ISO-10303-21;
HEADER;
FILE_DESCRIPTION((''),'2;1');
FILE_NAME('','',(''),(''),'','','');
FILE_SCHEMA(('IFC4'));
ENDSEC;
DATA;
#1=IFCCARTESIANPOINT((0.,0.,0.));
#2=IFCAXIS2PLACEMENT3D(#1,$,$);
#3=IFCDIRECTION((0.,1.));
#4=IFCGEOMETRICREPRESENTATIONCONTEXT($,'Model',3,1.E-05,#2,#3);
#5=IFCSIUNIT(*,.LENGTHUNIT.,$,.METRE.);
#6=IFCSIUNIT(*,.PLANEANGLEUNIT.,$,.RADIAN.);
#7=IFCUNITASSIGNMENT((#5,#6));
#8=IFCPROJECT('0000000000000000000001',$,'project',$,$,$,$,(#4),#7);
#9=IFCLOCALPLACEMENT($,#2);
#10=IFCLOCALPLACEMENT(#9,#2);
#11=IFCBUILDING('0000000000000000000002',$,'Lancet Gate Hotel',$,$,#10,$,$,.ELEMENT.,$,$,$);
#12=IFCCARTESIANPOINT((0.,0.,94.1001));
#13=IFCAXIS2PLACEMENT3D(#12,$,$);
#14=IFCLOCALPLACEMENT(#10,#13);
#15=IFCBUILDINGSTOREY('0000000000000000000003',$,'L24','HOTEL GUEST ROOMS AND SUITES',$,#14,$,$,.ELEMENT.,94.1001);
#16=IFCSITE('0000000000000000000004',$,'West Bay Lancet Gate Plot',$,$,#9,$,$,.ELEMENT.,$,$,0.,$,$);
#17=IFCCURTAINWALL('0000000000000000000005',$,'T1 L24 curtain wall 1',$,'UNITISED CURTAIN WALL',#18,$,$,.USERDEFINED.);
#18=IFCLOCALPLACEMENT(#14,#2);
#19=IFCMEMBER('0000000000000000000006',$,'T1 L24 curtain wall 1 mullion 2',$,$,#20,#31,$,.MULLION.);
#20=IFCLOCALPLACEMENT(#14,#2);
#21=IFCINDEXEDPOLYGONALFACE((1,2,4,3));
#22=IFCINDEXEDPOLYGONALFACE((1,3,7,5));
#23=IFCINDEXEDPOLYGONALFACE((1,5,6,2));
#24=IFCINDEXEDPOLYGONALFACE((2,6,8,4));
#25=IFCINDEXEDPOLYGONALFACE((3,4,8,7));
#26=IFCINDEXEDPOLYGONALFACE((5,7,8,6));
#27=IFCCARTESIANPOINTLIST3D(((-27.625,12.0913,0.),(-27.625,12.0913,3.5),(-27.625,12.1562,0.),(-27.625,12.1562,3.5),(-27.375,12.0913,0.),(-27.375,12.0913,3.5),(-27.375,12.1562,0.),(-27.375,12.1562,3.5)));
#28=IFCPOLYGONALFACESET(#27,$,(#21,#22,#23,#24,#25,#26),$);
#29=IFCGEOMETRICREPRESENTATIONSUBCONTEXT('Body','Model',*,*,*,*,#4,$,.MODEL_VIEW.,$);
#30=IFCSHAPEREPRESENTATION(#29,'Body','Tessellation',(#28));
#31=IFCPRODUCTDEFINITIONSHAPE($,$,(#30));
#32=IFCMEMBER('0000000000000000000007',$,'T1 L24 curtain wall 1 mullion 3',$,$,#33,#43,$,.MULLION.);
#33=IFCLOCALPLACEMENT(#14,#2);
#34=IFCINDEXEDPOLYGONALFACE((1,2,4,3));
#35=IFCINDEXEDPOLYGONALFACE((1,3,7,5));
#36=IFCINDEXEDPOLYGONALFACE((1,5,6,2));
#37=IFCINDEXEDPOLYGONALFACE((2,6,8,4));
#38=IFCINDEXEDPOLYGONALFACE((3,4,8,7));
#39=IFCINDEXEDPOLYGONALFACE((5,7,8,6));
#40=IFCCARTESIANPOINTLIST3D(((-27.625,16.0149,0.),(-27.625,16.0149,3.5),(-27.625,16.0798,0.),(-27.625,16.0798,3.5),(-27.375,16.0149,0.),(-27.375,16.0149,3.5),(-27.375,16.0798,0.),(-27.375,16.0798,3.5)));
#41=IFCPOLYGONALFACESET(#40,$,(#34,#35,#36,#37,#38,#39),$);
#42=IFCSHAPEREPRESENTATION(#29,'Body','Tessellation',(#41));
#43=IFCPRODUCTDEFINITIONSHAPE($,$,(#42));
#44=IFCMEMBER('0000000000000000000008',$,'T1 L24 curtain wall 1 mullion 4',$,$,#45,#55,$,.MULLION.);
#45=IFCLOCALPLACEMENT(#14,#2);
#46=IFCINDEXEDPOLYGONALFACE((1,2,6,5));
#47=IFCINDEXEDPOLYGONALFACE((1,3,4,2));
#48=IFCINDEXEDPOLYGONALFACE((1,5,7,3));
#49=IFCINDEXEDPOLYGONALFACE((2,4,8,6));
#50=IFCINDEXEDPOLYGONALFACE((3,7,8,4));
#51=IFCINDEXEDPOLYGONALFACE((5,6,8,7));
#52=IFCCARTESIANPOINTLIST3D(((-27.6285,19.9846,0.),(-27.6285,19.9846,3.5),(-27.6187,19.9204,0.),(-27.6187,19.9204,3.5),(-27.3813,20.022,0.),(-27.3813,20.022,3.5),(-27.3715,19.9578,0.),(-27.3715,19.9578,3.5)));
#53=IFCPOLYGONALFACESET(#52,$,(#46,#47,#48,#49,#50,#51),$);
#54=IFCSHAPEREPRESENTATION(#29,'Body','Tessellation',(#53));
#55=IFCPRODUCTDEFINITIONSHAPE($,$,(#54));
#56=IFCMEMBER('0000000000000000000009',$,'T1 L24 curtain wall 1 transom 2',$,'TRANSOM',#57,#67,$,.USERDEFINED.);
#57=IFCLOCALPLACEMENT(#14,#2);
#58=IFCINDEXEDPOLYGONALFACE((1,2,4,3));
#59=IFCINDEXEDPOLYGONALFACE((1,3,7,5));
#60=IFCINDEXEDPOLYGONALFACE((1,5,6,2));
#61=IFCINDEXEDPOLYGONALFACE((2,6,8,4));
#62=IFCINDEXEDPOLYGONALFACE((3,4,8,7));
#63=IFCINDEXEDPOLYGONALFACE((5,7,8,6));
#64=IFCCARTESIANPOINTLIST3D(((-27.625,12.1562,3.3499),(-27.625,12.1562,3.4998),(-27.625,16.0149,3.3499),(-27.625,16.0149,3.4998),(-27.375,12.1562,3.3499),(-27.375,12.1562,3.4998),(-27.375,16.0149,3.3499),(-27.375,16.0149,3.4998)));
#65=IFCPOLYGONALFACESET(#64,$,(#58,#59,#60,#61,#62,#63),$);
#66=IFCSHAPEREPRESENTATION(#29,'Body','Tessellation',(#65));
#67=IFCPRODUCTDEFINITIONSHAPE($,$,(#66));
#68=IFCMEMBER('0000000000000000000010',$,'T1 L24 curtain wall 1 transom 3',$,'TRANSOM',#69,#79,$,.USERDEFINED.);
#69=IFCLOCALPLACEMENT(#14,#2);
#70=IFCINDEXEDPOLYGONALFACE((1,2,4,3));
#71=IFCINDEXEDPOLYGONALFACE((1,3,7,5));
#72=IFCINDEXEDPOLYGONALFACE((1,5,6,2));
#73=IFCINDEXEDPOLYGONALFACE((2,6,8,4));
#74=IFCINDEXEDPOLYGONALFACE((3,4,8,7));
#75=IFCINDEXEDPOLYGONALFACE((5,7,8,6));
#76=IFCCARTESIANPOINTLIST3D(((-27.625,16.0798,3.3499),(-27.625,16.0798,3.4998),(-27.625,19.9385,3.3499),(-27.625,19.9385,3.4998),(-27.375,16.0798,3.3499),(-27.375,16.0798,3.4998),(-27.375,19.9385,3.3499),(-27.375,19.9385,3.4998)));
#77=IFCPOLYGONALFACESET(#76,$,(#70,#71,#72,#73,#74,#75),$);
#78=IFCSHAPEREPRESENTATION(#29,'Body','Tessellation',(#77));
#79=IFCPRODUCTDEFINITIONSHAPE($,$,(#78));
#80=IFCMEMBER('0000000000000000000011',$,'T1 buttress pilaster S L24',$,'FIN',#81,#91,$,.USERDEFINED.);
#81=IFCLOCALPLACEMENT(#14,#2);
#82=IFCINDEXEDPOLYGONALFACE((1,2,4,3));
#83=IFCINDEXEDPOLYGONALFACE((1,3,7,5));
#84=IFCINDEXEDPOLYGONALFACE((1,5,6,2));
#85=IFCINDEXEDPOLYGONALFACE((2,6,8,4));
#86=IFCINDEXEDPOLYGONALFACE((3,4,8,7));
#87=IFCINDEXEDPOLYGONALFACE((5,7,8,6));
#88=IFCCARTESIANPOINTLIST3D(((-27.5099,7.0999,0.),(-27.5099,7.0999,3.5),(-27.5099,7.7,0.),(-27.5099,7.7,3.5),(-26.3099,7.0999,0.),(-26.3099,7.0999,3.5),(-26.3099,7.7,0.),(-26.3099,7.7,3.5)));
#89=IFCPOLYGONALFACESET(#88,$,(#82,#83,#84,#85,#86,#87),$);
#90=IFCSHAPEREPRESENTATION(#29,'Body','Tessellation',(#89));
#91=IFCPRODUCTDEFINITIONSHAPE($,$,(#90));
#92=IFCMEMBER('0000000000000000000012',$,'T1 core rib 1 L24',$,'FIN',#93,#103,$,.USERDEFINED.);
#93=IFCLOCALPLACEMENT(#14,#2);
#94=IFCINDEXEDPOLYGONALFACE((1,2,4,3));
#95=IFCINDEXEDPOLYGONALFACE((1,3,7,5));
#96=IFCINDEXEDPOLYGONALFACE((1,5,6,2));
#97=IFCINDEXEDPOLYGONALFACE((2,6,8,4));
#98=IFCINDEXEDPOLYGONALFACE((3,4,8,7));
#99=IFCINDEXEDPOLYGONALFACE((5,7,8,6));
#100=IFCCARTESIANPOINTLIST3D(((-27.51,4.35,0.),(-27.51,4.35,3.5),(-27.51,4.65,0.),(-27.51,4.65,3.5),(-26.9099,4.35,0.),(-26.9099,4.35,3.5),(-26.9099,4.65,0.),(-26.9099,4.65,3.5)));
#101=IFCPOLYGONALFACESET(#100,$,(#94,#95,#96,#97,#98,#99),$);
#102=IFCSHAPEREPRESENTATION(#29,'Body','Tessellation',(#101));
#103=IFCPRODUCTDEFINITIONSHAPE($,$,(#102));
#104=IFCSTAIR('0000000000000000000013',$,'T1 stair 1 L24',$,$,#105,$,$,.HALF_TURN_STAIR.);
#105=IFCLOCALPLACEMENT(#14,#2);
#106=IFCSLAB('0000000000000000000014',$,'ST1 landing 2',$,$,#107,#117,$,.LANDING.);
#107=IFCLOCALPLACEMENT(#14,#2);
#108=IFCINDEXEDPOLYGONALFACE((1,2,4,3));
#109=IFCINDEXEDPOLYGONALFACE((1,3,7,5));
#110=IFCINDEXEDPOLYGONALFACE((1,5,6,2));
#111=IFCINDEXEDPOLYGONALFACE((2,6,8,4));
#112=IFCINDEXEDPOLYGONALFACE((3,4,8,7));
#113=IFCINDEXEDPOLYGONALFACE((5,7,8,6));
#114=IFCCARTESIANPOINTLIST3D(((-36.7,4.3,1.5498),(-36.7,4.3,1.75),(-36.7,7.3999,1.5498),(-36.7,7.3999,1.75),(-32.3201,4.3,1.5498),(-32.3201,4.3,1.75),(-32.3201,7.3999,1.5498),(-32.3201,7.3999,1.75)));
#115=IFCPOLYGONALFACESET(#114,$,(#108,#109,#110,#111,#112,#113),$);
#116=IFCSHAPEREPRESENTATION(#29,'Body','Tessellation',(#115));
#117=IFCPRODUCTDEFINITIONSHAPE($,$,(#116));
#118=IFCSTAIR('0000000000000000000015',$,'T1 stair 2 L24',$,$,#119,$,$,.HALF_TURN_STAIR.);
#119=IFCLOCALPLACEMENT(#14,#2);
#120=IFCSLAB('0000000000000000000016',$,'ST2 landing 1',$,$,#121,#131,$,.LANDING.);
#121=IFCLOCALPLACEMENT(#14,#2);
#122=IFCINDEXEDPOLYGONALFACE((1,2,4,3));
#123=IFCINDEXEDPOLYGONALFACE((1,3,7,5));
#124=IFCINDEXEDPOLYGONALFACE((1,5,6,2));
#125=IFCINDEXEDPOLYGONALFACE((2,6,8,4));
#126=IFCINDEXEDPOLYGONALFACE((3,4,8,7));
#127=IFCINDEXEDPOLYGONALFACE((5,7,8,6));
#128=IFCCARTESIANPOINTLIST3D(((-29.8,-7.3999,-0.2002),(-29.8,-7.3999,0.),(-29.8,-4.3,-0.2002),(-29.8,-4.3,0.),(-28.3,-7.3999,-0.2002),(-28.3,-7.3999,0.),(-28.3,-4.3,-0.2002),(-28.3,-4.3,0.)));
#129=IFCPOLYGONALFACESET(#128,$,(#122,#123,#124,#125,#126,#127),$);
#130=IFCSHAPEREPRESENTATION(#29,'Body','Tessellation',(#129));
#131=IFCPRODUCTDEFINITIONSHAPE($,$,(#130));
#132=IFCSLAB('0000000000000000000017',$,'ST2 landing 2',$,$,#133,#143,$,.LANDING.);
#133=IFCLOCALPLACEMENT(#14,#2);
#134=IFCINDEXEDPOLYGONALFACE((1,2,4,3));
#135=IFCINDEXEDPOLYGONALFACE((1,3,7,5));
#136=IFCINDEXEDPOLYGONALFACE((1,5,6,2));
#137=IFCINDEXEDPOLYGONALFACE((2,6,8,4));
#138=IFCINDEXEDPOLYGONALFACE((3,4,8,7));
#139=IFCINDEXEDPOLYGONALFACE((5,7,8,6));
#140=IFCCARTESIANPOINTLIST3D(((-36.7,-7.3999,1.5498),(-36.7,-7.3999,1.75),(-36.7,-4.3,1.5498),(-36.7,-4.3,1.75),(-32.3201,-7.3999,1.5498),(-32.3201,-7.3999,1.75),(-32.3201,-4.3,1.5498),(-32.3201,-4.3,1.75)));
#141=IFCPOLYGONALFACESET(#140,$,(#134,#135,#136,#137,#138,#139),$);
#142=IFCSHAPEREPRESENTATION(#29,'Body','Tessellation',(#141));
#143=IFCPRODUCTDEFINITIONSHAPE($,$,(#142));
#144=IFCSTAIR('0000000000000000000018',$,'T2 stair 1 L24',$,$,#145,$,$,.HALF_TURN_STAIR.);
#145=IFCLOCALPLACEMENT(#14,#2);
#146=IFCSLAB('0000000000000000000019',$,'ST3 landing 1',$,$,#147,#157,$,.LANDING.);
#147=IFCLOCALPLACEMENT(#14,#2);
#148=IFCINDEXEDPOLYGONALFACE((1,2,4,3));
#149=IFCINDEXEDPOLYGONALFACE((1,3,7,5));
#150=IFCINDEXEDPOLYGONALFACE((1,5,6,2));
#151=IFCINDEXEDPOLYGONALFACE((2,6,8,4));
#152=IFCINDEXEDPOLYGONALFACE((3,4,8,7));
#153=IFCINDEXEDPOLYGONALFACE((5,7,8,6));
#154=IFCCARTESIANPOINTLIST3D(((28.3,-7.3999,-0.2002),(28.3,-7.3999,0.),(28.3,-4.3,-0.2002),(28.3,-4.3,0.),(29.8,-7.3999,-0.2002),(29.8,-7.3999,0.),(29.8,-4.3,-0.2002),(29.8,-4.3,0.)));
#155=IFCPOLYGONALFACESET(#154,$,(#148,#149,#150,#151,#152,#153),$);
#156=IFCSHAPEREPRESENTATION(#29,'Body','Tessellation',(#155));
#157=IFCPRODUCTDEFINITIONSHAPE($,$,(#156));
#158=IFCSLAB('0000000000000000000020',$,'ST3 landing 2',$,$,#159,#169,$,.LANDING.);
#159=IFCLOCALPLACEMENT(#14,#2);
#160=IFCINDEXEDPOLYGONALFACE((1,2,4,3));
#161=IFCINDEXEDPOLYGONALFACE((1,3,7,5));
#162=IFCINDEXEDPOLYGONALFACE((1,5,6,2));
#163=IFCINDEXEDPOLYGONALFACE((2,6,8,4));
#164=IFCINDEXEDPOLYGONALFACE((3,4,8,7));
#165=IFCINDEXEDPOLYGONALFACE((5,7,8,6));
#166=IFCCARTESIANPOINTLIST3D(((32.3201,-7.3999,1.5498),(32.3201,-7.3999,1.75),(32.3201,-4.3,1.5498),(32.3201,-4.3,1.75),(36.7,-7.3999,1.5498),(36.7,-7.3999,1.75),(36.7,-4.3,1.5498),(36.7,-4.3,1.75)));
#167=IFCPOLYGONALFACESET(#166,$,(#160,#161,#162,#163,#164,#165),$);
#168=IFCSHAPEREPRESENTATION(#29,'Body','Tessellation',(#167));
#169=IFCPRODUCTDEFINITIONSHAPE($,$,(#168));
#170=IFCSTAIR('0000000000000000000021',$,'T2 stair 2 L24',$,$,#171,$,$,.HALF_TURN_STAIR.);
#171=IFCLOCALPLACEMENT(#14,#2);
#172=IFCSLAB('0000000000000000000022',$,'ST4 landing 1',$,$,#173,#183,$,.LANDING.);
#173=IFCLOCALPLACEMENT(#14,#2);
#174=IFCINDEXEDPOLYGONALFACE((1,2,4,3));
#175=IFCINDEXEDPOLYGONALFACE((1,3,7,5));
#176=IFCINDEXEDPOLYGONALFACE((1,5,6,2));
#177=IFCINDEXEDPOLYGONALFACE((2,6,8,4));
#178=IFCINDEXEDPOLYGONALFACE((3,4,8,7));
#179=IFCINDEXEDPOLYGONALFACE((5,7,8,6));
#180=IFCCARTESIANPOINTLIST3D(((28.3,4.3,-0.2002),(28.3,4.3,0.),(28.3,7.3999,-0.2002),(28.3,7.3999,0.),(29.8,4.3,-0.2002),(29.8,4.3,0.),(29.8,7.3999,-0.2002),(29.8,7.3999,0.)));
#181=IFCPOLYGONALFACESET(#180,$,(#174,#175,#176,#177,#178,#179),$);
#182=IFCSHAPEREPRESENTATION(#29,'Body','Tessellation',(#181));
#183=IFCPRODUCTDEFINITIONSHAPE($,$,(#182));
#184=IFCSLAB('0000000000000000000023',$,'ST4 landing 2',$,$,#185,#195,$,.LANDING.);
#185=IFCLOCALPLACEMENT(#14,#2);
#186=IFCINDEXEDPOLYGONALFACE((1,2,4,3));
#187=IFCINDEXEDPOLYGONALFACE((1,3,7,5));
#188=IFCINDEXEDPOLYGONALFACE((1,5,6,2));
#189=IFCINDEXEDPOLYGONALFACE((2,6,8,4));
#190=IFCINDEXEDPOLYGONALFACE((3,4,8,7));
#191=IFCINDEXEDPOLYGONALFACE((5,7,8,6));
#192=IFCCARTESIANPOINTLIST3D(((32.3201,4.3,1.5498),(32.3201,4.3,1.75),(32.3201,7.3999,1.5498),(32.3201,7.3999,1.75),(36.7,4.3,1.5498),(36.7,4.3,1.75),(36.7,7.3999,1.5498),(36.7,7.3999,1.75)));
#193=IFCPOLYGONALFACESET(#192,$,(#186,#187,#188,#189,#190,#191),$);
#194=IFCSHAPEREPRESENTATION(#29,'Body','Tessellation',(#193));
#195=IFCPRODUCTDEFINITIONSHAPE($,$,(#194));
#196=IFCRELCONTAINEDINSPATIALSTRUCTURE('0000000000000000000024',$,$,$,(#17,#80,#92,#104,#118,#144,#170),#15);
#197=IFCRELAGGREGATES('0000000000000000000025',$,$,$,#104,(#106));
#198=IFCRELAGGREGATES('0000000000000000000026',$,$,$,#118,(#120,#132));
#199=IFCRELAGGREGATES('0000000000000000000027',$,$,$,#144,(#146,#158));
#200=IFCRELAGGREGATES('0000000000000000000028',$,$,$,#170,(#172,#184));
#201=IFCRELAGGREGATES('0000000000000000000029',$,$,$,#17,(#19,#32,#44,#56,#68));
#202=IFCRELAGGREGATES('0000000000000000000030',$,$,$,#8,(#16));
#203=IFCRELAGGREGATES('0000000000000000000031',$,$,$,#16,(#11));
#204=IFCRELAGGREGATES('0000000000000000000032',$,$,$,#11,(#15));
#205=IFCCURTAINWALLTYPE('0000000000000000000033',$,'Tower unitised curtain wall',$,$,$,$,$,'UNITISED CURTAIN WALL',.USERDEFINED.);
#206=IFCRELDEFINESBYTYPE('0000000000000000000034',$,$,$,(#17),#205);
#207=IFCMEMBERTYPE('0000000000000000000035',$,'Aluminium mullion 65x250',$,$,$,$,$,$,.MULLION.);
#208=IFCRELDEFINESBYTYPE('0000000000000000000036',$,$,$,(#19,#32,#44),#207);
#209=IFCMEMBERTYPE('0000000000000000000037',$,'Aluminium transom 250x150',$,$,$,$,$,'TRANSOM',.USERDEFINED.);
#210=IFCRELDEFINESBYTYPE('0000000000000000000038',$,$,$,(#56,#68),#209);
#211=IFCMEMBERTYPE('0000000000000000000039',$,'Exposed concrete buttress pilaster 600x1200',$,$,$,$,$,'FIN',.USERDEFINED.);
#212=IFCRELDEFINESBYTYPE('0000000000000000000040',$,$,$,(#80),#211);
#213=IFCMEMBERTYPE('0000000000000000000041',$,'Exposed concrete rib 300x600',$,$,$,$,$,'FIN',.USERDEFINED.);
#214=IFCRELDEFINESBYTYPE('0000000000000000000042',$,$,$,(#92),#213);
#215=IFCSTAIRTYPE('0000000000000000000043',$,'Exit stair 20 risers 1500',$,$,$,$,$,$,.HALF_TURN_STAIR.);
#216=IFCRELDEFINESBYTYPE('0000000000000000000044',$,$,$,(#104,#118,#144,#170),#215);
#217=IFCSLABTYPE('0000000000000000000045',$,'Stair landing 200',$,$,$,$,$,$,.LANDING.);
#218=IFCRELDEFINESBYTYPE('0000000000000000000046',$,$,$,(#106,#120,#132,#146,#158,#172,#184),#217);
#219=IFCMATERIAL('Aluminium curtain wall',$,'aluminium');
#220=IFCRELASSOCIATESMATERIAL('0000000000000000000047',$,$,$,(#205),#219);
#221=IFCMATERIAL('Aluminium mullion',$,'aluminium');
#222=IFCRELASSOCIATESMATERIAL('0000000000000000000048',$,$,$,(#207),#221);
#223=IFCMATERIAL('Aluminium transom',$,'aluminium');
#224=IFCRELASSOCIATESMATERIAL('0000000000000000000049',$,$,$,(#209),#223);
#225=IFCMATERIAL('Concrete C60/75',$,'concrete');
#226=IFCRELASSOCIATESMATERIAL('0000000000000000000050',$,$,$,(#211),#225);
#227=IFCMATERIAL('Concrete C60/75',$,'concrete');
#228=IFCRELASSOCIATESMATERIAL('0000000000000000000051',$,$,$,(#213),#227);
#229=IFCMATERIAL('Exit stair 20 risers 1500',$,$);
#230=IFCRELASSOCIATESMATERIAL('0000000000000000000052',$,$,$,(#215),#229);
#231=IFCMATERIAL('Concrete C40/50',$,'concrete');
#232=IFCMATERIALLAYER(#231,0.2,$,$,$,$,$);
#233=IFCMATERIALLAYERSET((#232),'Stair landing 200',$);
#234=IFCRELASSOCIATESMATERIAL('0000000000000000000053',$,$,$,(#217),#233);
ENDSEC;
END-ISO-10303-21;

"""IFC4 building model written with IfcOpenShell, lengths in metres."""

from ifc_helpers import new_model, si_unit, direction, frame, origin, origin_2d, place, context, subcontext, project, spatial, polyline, rectangle, outline, extrude, material, layer, layer_set, material_profile, profile_set, type_object, element, aggregate, save


model = new_model("IFC4")

# Units and contexts
model_context = context("Model", 3, precision=1e-05, world=origin(), true_north=direction((0.0, 1.0)))
body_context = subcontext(model_context, "Body", "Model", "MODEL_VIEW")
ifc_project = project(units=[si_unit("LENGTHUNIT", "METRE"), si_unit("PLANEANGLEUNIT", "RADIAN")], contexts=[model_context])

# Site, building, storey
site_placement = place(None, origin())
site = spatial("IfcSite", under=ifc_project, at=site_placement, Name="West Bay Lancet Gate Plot", CompositionType="ELEMENT", RefElevation=0.0)
building_placement = place(site_placement, origin())
building = spatial("IfcBuilding", under=site, at=building_placement, Name="Lancet Gate Hotel", CompositionType="ELEMENT")
storey_placement = place(building_placement, frame((0.0, 0.0, 94.1001)))
storey = spatial("IfcBuildingStorey", under=building, at=storey_placement, Name="L24", Description="HOTEL GUEST ROOMS AND SUITES", CompositionType="ELEMENT", Elevation=94.1001)

# Curtain wall, members
ifc_material_1 = material(Name="Aluminium curtain wall", Category="aluminium")
curtain_wall_type = type_object("IfcCurtainWallType", Name="Tower unitised curtain wall", ElementType="UNITISED CURTAIN WALL", PredefinedType="USERDEFINED", material=ifc_material_1)
curtain_wall_placement = place(storey_placement, origin())
curtain_wall = element("IfcCurtainWall", 1, at=curtain_wall_placement, inside=storey, type_object=curtain_wall_type, Name="T1 L24 curtain wall 1", ObjectType="UNITISED CURTAIN WALL", PredefinedType="USERDEFINED")
ifc_material_2 = material(Name="Aluminium mullion", Category="aluminium")
ifc_material_profile_1 = material_profile(ifc_material_2, rectangle(XDim=0.0649, YDim=0.25, at=origin_2d()), Name="MULLION 65x250")
ifc_profile_set_1 = profile_set([ifc_material_profile_1], Name="Aluminium mullion")
member_type_1 = type_object("IfcMemberType", Name="Aluminium mullion 65x250", PredefinedType="MULLION", material=ifc_profile_set_1)
member_1_placement = place(storey_placement, frame((-27.5, 12.1238, 0.0), z_axis=(0.0, 0.0, 1.0), x_axis=(0.0, 1.0, 0.0)))
member_1 = element("IfcMember", 2, at=member_1_placement, type_object=member_type_1, Name="T1 L24 curtain wall 1 mullion 2", PredefinedType="MULLION", context=body_context, shape_type="SweptSolid", body=[
    extrude(rectangle(XDim=0.0649, YDim=0.25, at=origin_2d()), origin(), (0.0, 0.0, 1.0), 3.5),
])
member_2_placement = place(storey_placement, frame((-27.5, 16.0474, 0.0), z_axis=(0.0, 0.0, 1.0), x_axis=(0.0, 1.0, 0.0)))
member_2 = element("IfcMember", 3, at=member_2_placement, type_object=member_type_1, Name="T1 L24 curtain wall 1 mullion 3", PredefinedType="MULLION", context=body_context, shape_type="SweptSolid", body=[
    extrude(rectangle(XDim=0.0649, YDim=0.25, at=origin_2d()), origin(), (0.0, 0.0, 1.0), 3.5),
])
member_3_placement = place(storey_placement, frame((-27.5, 19.9712, 0.0), z_axis=(0.0, 0.0, 1.0), x_axis=(-0.149634, 0.988741, 0.0)))
member_3 = element("IfcMember", 4, at=member_3_placement, type_object=member_type_1, Name="T1 L24 curtain wall 1 mullion 4", PredefinedType="MULLION", context=body_context, shape_type="SweptSolid", body=[
    extrude(rectangle(XDim=0.0649, YDim=0.25, at=origin_2d()), origin(), (0.0, 0.0, 1.0), 3.5),
])
ifc_material_3 = material(Name="Aluminium transom", Category="aluminium")
ifc_material_profile_2 = material_profile(ifc_material_3, rectangle(XDim=0.25, YDim=0.1499, at=origin_2d()), Name="TRANSOM 250x150")
ifc_profile_set_2 = profile_set([ifc_material_profile_2], Name="Aluminium transom")
member_type_2 = type_object("IfcMemberType", Name="Aluminium transom 250x150", ElementType="TRANSOM", PredefinedType="USERDEFINED", material=ifc_profile_set_2)
member_4_placement = place(storey_placement, frame((-27.5, 12.1562, 3.4248), z_axis=(0.0, 1.0, 0.0), x_axis=(-1.0, 0.0, 0.0)))
member_4 = element("IfcMember", 5, at=member_4_placement, type_object=member_type_2, Name="T1 L24 curtain wall 1 transom 2", ObjectType="TRANSOM", PredefinedType="USERDEFINED", context=body_context, shape_type="SweptSolid", body=[
    extrude(rectangle(XDim=0.25, YDim=0.1499, at=origin_2d()), origin(), (0.0, 0.0, 1.0), 3.8586),
])
member_5_placement = place(storey_placement, frame((-27.5, 16.0798, 3.4248), z_axis=(0.0, 1.0, 0.0), x_axis=(-1.0, 0.0, 0.0)))
member_5 = element("IfcMember", 6, at=member_5_placement, type_object=member_type_2, Name="T1 L24 curtain wall 1 transom 3", ObjectType="TRANSOM", PredefinedType="USERDEFINED", context=body_context, shape_type="SweptSolid", body=[
    extrude(rectangle(XDim=0.25, YDim=0.1499, at=origin_2d()), origin(), (0.0, 0.0, 1.0), 3.8586),
])

# Members
ifc_material_4 = material(Name="Concrete C60/75", Category="concrete")
ifc_material_profile_3 = material_profile(ifc_material_4, rectangle(XDim=0.6001, YDim=1.2, at=origin_2d()), Name="FIN 600x1200")
ifc_profile_set_3 = profile_set([ifc_material_profile_3], Name="Concrete C60/75")
member_type_3 = type_object("IfcMemberType", Name="Exposed concrete buttress pilaster 600x1200", ElementType="FIN", PredefinedType="USERDEFINED", material=ifc_profile_set_3)
member_6_placement = place(storey_placement, frame((-26.9099, 7.3999, 0.0), z_axis=(0.0, 0.0, 1.0), x_axis=(0.0, 1.0, 0.0)))
element("IfcMember", 7, at=member_6_placement, inside=storey, type_object=member_type_3, Name="T1 buttress pilaster S L24", ObjectType="FIN", PredefinedType="USERDEFINED", context=body_context, shape_type="SweptSolid", body=[
    extrude(rectangle(XDim=0.6001, YDim=1.2, at=origin_2d()), origin(), (0.0, 0.0, 1.0), 3.5),
])
ifc_material_5 = material(Name="Concrete C60/75", Category="concrete")
ifc_material_profile_4 = material_profile(ifc_material_5, rectangle(XDim=0.3, YDim=0.6001, at=origin_2d()), Name="FIN 300x600")
ifc_profile_set_4 = profile_set([ifc_material_profile_4], Name="Concrete C60/75")
member_type_4 = type_object("IfcMemberType", Name="Exposed concrete rib 300x600", ElementType="FIN", PredefinedType="USERDEFINED", material=ifc_profile_set_4)
member_7_placement = place(storey_placement, frame((-27.21, 4.5, 0.0), z_axis=(0.0, 0.0, 1.0), x_axis=(0.0, 1.0, 0.0)))
element("IfcMember", 8, at=member_7_placement, inside=storey, type_object=member_type_4, Name="T1 core rib 1 L24", ObjectType="FIN", PredefinedType="USERDEFINED", context=body_context, shape_type="SweptSolid", body=[
    extrude(rectangle(XDim=0.3, YDim=0.6001, at=origin_2d()), origin(), (0.0, 0.0, 1.0), 3.5),
])

# Stair, slab
ifc_material_6 = material(Name="Exit stair 20 risers 1500")
stair_type = type_object("IfcStairType", Name="Exit stair 20 risers 1500", PredefinedType="HALF_TURN_STAIR", material=ifc_material_6)
stair_1_placement = place(storey_placement, origin())
stair_1 = element("IfcStair", 9, at=stair_1_placement, inside=storey, type_object=stair_type, Name="T1 stair 1 L24", PredefinedType="HALF_TURN_STAIR")
ifc_material_7 = material(Name="Concrete C40/50", Category="concrete")
ifc_layer_1 = layer(ifc_material_7, 0.2)
ifc_layer_set_1 = layer_set([ifc_layer_1], Name="Stair landing 200")
slab_type = type_object("IfcSlabType", Name="Stair landing 200", PredefinedType="LANDING", material=ifc_layer_set_1)
slab_1_placement = place(storey_placement, frame((0.0, 0.0, 1.5498)))
slab_1 = element("IfcSlab", 10, at=slab_1_placement, type_object=slab_type, Name="ST1 landing 2", PredefinedType="LANDING", context=body_context, shape_type="SweptSolid", body=[
    extrude(outline(polyline([(-32.3201, 7.3999), (-36.7, 7.3999), (-36.7, 4.3), (-32.3201, 4.3), (-32.3201, 7.3999)])), origin(), (0.0, 0.0, 1.0), 0.2002),
])
aggregate(stair_1, [slab_1])

# Stairs, slabs
stair_2_placement = place(storey_placement, origin())
stair_2 = element("IfcStair", 11, at=stair_2_placement, inside=storey, type_object=stair_type, Name="T1 stair 2 L24", PredefinedType="HALF_TURN_STAIR")
slab_2_placement = place(storey_placement, frame((0.0, 0.0, -0.2002)))
slab_2 = element("IfcSlab", 12, at=slab_2_placement, type_object=slab_type, Name="ST2 landing 1", PredefinedType="LANDING", context=body_context, shape_type="SweptSolid", body=[
    extrude(outline(polyline([(-28.3, -4.3), (-29.8, -4.3), (-29.8, -7.3999), (-28.3, -7.3999), (-28.3, -4.3)])), origin(), (0.0, 0.0, 1.0), 0.2002),
])
slab_3_placement = place(storey_placement, frame((0.0, 0.0, 1.5498)))
slab_3 = element("IfcSlab", 13, at=slab_3_placement, type_object=slab_type, Name="ST2 landing 2", PredefinedType="LANDING", context=body_context, shape_type="SweptSolid", body=[
    extrude(outline(polyline([(-32.3201, -4.3), (-36.7, -4.3), (-36.7, -7.3999), (-32.3201, -7.3999), (-32.3201, -4.3)])), origin(), (0.0, 0.0, 1.0), 0.2002),
])
aggregate(stair_2, [slab_2, slab_3])
stair_3_placement = place(storey_placement, origin())
stair_3 = element("IfcStair", 14, at=stair_3_placement, inside=storey, type_object=stair_type, Name="T2 stair 1 L24", PredefinedType="HALF_TURN_STAIR")
slab_4_placement = place(storey_placement, frame((0.0, 0.0, -0.2002)))
slab_4 = element("IfcSlab", 15, at=slab_4_placement, type_object=slab_type, Name="ST3 landing 1", PredefinedType="LANDING", context=body_context, shape_type="SweptSolid", body=[
    extrude(outline(polyline([(28.3, -7.3999), (29.8, -7.3999), (29.8, -4.3), (28.3, -4.3), (28.3, -7.3999)])), origin(), (0.0, 0.0, 1.0), 0.2002),
])
slab_5_placement = place(storey_placement, frame((0.0, 0.0, 1.5498)))
slab_5 = element("IfcSlab", 16, at=slab_5_placement, type_object=slab_type, Name="ST3 landing 2", PredefinedType="LANDING", context=body_context, shape_type="SweptSolid", body=[
    extrude(outline(polyline([(32.3201, -7.3999), (36.7, -7.3999), (36.7, -4.3), (32.3201, -4.3), (32.3201, -7.3999)])), origin(), (0.0, 0.0, 1.0), 0.2002),
])
aggregate(stair_3, [slab_4, slab_5])
stair_4_placement = place(storey_placement, origin())
stair_4 = element("IfcStair", 17, at=stair_4_placement, inside=storey, type_object=stair_type, Name="T2 stair 2 L24", PredefinedType="HALF_TURN_STAIR")
slab_6_placement = place(storey_placement, frame((0.0, 0.0, -0.2002)))
slab_6 = element("IfcSlab", 18, at=slab_6_placement, type_object=slab_type, Name="ST4 landing 1", PredefinedType="LANDING", context=body_context, shape_type="SweptSolid", body=[
    extrude(outline(polyline([(28.3, 4.3), (29.8, 4.3), (29.8, 7.3999), (28.3, 7.3999), (28.3, 4.3)])), origin(), (0.0, 0.0, 1.0), 0.2002),
])
slab_7_placement = place(storey_placement, frame((0.0, 0.0, 1.5498)))
slab_7 = element("IfcSlab", 19, at=slab_7_placement, type_object=slab_type, Name="ST4 landing 2", PredefinedType="LANDING", context=body_context, shape_type="SweptSolid", body=[
    extrude(outline(polyline([(32.3201, 4.3), (36.7, 4.3), (36.7, 7.3999), (32.3201, 7.3999), (32.3201, 4.3)])), origin(), (0.0, 0.0, 1.0), 0.2002),
])
aggregate(stair_4, [slab_6, slab_7])

aggregate(curtain_wall, [member_1, member_2, member_3, member_4, member_5])

save(model, "model.ifc")
